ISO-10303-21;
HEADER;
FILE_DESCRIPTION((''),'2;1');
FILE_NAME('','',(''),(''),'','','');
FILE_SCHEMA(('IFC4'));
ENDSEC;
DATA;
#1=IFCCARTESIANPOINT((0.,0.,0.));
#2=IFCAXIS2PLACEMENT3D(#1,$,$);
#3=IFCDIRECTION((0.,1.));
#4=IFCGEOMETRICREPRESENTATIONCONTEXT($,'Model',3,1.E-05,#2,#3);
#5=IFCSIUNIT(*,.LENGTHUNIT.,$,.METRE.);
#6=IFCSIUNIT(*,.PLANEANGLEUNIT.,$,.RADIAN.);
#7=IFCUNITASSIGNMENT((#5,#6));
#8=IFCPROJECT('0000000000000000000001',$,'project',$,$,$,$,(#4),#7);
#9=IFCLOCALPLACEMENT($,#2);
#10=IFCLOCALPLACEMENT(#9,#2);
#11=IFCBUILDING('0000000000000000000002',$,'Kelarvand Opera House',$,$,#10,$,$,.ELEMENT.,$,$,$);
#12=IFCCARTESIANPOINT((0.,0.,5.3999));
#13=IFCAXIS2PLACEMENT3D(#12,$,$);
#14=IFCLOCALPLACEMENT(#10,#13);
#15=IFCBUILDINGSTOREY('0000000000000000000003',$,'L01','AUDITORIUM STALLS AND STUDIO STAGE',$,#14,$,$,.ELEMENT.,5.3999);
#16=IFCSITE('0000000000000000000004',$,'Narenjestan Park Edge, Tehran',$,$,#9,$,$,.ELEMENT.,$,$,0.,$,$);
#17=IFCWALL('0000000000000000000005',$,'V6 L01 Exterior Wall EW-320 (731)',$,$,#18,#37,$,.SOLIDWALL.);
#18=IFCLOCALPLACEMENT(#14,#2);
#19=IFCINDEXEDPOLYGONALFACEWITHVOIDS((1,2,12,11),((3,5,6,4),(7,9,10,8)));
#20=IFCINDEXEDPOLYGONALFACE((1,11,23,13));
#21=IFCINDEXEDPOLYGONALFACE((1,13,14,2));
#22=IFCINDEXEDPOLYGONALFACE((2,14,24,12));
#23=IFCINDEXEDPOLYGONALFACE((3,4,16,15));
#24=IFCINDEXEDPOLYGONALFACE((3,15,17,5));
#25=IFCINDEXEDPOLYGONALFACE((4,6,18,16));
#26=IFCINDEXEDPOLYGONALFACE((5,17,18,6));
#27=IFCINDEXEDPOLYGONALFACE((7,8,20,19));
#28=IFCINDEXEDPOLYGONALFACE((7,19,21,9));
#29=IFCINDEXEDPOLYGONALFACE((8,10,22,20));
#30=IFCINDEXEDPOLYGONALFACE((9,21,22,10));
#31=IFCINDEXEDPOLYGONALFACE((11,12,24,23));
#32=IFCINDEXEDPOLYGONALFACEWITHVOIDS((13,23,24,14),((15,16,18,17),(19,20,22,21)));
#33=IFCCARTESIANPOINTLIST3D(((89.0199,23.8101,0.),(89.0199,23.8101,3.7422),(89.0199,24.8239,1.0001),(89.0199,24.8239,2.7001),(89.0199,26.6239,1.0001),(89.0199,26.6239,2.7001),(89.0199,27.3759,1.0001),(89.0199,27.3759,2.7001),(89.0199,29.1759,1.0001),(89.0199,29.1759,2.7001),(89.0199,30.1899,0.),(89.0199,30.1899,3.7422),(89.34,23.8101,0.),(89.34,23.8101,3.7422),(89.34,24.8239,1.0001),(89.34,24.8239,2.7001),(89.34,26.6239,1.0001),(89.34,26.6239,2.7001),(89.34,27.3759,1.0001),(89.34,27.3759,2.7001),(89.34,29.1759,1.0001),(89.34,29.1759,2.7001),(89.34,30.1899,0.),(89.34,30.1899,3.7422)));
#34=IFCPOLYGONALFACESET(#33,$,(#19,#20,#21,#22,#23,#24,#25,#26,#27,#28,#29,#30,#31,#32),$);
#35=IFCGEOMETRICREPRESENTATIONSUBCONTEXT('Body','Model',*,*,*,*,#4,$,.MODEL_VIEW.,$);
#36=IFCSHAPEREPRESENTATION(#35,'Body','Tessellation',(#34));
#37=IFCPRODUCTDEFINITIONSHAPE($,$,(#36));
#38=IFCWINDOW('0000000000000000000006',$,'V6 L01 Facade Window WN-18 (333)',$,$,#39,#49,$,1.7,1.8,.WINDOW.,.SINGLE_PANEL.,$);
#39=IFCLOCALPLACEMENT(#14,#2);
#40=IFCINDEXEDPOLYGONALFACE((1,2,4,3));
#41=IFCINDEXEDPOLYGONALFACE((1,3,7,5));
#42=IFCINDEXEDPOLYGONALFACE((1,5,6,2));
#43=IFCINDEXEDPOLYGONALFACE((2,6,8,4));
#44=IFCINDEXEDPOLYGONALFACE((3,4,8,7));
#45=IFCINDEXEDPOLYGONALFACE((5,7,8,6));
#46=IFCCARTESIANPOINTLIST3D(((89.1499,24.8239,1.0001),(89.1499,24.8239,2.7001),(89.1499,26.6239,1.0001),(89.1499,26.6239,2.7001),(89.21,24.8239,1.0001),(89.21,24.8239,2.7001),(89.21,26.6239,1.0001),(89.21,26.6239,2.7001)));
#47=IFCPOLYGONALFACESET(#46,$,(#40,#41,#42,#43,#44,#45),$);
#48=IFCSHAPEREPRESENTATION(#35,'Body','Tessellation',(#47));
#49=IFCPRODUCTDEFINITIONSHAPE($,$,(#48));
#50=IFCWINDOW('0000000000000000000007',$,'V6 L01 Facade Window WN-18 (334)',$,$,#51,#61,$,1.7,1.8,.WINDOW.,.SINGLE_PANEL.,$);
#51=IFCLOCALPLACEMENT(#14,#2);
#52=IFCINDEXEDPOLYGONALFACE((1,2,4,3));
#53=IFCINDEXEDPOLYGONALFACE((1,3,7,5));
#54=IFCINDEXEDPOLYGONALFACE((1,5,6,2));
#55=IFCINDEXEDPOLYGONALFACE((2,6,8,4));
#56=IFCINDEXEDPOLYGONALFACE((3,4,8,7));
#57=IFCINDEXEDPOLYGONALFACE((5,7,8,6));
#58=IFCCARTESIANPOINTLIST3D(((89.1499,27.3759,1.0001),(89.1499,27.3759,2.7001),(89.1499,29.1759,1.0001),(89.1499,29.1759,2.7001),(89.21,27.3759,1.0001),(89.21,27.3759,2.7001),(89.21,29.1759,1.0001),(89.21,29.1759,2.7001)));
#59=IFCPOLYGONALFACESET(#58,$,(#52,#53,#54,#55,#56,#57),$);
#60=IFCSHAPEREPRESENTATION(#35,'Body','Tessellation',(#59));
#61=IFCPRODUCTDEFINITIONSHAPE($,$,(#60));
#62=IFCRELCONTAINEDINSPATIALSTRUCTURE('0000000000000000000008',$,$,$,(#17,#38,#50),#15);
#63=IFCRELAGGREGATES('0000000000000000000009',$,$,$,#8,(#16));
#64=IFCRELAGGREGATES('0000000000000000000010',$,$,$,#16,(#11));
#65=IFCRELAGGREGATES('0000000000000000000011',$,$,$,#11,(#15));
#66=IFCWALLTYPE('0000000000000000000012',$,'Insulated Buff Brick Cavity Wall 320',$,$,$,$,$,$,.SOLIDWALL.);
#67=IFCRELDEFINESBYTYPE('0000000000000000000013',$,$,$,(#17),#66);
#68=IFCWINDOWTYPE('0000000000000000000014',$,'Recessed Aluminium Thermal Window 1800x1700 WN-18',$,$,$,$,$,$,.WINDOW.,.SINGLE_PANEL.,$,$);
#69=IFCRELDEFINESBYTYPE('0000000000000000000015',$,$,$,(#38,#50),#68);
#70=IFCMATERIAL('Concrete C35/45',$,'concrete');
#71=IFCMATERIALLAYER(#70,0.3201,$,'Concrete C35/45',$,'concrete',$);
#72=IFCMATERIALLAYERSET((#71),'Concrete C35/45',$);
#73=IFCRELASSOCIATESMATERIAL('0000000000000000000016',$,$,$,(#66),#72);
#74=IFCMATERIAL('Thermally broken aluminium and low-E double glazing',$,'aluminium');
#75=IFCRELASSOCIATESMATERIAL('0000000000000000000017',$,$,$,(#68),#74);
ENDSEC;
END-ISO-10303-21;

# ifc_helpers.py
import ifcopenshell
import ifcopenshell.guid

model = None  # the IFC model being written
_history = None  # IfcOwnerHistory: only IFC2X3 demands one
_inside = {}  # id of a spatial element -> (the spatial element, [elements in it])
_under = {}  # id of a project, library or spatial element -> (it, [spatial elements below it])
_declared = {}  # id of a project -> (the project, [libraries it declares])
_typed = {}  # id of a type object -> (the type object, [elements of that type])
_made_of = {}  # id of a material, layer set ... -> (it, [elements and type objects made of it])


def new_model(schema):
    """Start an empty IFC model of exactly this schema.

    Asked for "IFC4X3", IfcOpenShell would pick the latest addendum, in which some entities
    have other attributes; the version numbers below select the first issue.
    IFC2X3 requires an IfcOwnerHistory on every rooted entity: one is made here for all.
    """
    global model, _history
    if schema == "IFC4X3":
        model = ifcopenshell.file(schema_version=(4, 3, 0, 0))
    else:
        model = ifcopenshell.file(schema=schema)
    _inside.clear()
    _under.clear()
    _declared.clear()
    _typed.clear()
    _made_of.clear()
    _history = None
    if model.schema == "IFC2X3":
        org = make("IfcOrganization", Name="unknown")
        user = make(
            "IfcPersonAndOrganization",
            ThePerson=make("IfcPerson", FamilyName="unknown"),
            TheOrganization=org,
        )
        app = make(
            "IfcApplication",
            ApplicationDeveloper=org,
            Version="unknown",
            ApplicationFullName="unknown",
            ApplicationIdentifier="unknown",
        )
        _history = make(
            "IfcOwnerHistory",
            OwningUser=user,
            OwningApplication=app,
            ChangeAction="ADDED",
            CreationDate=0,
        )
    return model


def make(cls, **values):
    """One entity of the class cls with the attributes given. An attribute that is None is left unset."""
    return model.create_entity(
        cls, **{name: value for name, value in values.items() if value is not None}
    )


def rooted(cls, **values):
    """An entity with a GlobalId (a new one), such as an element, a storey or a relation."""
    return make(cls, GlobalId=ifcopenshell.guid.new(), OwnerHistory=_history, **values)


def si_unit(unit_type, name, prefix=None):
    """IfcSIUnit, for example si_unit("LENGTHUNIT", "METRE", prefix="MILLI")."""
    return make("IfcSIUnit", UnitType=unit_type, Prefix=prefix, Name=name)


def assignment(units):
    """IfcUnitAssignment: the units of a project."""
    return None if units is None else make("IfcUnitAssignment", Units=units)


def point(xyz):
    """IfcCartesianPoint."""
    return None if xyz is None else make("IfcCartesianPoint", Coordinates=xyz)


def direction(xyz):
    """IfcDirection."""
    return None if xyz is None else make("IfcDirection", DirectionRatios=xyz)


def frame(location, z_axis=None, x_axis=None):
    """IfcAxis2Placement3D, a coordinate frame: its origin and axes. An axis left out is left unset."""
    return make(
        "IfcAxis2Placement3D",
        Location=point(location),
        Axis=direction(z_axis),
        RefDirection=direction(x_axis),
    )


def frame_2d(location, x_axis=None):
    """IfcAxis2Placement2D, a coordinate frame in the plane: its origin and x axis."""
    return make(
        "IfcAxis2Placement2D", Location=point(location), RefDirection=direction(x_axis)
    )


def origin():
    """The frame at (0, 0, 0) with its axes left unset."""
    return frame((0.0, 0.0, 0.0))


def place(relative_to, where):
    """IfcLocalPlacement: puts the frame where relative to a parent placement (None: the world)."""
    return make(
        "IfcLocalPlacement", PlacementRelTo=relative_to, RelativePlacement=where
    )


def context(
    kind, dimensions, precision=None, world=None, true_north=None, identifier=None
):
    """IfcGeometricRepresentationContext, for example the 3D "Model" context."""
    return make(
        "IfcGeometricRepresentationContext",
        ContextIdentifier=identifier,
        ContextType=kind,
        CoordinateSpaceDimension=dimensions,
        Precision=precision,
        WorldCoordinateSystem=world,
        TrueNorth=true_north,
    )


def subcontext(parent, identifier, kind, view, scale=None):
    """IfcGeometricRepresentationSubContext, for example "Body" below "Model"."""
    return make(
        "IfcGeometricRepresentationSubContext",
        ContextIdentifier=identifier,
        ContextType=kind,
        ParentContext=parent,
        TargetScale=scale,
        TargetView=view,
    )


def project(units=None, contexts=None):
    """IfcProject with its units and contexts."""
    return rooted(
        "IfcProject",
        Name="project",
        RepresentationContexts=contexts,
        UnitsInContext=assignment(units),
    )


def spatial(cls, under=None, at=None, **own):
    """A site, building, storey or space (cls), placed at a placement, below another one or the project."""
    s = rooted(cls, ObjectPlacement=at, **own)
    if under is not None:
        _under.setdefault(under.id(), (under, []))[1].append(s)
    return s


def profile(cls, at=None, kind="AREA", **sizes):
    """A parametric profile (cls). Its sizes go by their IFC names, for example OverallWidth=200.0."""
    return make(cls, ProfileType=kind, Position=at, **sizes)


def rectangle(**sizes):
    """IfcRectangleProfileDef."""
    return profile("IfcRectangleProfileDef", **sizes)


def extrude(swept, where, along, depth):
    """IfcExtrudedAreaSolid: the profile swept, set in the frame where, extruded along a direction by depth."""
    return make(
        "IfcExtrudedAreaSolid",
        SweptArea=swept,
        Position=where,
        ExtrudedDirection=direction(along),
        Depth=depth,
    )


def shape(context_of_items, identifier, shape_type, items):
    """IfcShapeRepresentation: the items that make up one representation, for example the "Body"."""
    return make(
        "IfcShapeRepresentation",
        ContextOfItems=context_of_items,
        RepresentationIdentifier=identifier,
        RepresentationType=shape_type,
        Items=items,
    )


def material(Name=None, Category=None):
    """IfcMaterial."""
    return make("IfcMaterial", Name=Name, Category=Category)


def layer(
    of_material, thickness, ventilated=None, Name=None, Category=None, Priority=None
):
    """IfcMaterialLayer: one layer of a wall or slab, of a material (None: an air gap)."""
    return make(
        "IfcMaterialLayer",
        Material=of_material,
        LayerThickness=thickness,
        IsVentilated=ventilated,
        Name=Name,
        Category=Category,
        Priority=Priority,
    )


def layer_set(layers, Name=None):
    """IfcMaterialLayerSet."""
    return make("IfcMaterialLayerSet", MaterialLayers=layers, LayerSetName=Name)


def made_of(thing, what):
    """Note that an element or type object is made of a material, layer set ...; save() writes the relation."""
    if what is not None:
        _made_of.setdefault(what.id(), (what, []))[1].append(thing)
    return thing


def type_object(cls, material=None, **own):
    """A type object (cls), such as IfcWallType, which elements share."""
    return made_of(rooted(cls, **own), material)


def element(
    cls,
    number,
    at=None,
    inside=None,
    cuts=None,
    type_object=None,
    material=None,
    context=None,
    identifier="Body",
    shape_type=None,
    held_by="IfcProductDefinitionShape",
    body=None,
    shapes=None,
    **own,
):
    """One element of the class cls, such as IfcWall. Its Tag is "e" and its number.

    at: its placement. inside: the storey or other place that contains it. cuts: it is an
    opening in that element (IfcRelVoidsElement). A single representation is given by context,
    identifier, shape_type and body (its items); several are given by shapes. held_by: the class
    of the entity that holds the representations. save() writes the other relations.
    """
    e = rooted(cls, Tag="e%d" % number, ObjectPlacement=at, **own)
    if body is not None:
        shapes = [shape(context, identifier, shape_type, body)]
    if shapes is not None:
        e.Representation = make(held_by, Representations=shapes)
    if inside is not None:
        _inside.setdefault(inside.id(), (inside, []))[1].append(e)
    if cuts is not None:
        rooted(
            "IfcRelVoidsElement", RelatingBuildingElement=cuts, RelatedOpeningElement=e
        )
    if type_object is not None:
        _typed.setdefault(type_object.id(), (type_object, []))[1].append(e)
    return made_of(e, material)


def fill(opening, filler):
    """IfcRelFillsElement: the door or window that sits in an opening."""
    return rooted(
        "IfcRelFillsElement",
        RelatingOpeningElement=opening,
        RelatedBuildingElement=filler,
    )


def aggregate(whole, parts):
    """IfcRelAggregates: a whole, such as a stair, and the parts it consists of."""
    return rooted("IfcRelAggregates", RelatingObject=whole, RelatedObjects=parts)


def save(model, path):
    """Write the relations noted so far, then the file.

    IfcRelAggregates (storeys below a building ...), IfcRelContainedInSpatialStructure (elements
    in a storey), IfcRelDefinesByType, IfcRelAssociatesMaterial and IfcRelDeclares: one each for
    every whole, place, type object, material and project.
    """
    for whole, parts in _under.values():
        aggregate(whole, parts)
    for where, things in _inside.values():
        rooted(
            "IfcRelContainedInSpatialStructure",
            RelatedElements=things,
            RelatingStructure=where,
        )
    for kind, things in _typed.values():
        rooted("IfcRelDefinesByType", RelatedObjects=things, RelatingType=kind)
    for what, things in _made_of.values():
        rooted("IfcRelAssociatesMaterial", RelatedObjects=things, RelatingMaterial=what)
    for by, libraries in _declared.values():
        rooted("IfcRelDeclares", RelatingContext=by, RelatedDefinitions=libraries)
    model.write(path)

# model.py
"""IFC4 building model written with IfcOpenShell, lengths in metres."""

from ifc_helpers import new_model, si_unit, direction, frame, frame_2d, origin, place, context, subcontext, project, spatial, rectangle, extrude, material, layer, layer_set, type_object, element, fill, save


model = new_model("IFC4")

# Units and contexts
model_context = context("Model", 3, precision=1e-05, world=origin(), true_north=direction((0.0, 1.0)))
body_context = subcontext(model_context, "Body", "Model", "MODEL_VIEW")
ifc_project = project(units=[si_unit("LENGTHUNIT", "METRE"), si_unit("PLANEANGLEUNIT", "RADIAN")], contexts=[model_context])

# Site, building, storey
site_placement = place(None, origin())
site = spatial("IfcSite", under=ifc_project, at=site_placement, Name="Narenjestan Park Edge, Tehran", CompositionType="ELEMENT", RefElevation=0.0)
building_placement = place(site_placement, origin())
building = spatial("IfcBuilding", under=site, at=building_placement, Name="Kelarvand Opera House", CompositionType="ELEMENT")
storey_placement = place(building_placement, frame((0.0, 0.0, 5.3999)))
storey = spatial("IfcBuildingStorey", under=building, at=storey_placement, Name="L01", Description="AUDITORIUM STALLS AND STUDIO STAGE", CompositionType="ELEMENT", Elevation=5.3999)

# Wall, openings, windows
ifc_material_1 = material(Name="Concrete C35/45", Category="concrete")
ifc_layer_1 = layer(ifc_material_1, 0.3201, Name="Concrete C35/45", Category="concrete")
ifc_layer_set_1 = layer_set([ifc_layer_1], Name="Concrete C35/45")
wall_type = type_object("IfcWallType", Name="Insulated Buff Brick Cavity Wall 320", PredefinedType="SOLIDWALL", material=ifc_layer_set_1)
wall_placement = place(storey_placement, frame((89.1799, 23.8101, 0.0), z_axis=(0.0, 0.0, 1.0), x_axis=(0.0, 1.0, 0.0)))
wall = element("IfcWall", 1, at=wall_placement, inside=storey, type_object=wall_type, Name="V6 L01 Exterior Wall EW-320 (731)", PredefinedType="SOLIDWALL", context=body_context, shape_type="SweptSolid", body=[
    extrude(rectangle(XDim=6.3799, YDim=0.3201, at=frame_2d((3.1899, 0.0))), origin(), (0.0, 0.0, 1.0), 3.7422),
])
opening_1_placement = place(wall_placement, frame((1.0139, 0.0, 1.0)))
opening_1 = element("IfcOpeningElement", 2, at=opening_1_placement, cuts=wall, PredefinedType="OPENING", context=body_context, shape_type="SweptSolid", body=[
    extrude(rectangle(XDim=1.8, YDim=1.7, at=frame_2d((0.8999, 0.8501))), frame((0.0, 0.1699, 0.0), z_axis=(0.0, -1.0, 0.0), x_axis=(1.0, 0.0, 0.0)), (0.0, 0.0, 1.0), 0.3401),
])
opening_2_placement = place(wall_placement, frame((3.5659, 0.0, 1.0)))
opening_2 = element("IfcOpeningElement", 3, at=opening_2_placement, cuts=wall, PredefinedType="OPENING", context=body_context, shape_type="SweptSolid", body=[
    extrude(rectangle(XDim=1.8, YDim=1.7, at=frame_2d((0.8999, 0.8501))), frame((0.0, 0.1699, 0.0), z_axis=(0.0, -1.0, 0.0), x_axis=(1.0, 0.0, 0.0)), (0.0, 0.0, 1.0), 0.3401),
])
ifc_material_2 = material(Name="Thermally broken aluminium and low-E double glazing", Category="aluminium")
window_type = type_object("IfcWindowType", Name="Recessed Aluminium Thermal Window 1800x1700 WN-18", PartitioningType="SINGLE_PANEL", PredefinedType="WINDOW", material=ifc_material_2)
window_1_placement = place(opening_1_placement, origin())
window_1 = element("IfcWindow", 4, at=window_1_placement, inside=storey, type_object=window_type, Name="V6 L01 Facade Window WN-18 (333)", OverallHeight=1.7, OverallWidth=1.8, PartitioningType="SINGLE_PANEL", PredefinedType="WINDOW", context=body_context, shape_type="SweptSolid", body=[
    extrude(rectangle(XDim=1.8, YDim=1.7, at=frame_2d((0.8999, 0.8501))), frame((0.0, 0.03, 0.0), z_axis=(0.0, -1.0, 0.0), x_axis=(1.0, 0.0, 0.0)), (0.0, 0.0, 1.0), 0.0601),
])
fill(opening_1, window_1)
window_2_placement = place(opening_2_placement, origin())
window_2 = element("IfcWindow", 5, at=window_2_placement, inside=storey, type_object=window_type, Name="V6 L01 Facade Window WN-18 (334)", OverallHeight=1.7, OverallWidth=1.8, PartitioningType="SINGLE_PANEL", PredefinedType="WINDOW", context=body_context, shape_type="SweptSolid", body=[
    extrude(rectangle(XDim=1.8, YDim=1.7, at=frame_2d((0.8999, 0.8501))), frame((0.0, 0.03, 0.0), z_axis=(0.0, -1.0, 0.0), x_axis=(1.0, 0.0, 0.0)), (0.0, 0.0, 1.0), 0.0601),
])
fill(opening_2, window_2)

save(model, "model.ifc")
